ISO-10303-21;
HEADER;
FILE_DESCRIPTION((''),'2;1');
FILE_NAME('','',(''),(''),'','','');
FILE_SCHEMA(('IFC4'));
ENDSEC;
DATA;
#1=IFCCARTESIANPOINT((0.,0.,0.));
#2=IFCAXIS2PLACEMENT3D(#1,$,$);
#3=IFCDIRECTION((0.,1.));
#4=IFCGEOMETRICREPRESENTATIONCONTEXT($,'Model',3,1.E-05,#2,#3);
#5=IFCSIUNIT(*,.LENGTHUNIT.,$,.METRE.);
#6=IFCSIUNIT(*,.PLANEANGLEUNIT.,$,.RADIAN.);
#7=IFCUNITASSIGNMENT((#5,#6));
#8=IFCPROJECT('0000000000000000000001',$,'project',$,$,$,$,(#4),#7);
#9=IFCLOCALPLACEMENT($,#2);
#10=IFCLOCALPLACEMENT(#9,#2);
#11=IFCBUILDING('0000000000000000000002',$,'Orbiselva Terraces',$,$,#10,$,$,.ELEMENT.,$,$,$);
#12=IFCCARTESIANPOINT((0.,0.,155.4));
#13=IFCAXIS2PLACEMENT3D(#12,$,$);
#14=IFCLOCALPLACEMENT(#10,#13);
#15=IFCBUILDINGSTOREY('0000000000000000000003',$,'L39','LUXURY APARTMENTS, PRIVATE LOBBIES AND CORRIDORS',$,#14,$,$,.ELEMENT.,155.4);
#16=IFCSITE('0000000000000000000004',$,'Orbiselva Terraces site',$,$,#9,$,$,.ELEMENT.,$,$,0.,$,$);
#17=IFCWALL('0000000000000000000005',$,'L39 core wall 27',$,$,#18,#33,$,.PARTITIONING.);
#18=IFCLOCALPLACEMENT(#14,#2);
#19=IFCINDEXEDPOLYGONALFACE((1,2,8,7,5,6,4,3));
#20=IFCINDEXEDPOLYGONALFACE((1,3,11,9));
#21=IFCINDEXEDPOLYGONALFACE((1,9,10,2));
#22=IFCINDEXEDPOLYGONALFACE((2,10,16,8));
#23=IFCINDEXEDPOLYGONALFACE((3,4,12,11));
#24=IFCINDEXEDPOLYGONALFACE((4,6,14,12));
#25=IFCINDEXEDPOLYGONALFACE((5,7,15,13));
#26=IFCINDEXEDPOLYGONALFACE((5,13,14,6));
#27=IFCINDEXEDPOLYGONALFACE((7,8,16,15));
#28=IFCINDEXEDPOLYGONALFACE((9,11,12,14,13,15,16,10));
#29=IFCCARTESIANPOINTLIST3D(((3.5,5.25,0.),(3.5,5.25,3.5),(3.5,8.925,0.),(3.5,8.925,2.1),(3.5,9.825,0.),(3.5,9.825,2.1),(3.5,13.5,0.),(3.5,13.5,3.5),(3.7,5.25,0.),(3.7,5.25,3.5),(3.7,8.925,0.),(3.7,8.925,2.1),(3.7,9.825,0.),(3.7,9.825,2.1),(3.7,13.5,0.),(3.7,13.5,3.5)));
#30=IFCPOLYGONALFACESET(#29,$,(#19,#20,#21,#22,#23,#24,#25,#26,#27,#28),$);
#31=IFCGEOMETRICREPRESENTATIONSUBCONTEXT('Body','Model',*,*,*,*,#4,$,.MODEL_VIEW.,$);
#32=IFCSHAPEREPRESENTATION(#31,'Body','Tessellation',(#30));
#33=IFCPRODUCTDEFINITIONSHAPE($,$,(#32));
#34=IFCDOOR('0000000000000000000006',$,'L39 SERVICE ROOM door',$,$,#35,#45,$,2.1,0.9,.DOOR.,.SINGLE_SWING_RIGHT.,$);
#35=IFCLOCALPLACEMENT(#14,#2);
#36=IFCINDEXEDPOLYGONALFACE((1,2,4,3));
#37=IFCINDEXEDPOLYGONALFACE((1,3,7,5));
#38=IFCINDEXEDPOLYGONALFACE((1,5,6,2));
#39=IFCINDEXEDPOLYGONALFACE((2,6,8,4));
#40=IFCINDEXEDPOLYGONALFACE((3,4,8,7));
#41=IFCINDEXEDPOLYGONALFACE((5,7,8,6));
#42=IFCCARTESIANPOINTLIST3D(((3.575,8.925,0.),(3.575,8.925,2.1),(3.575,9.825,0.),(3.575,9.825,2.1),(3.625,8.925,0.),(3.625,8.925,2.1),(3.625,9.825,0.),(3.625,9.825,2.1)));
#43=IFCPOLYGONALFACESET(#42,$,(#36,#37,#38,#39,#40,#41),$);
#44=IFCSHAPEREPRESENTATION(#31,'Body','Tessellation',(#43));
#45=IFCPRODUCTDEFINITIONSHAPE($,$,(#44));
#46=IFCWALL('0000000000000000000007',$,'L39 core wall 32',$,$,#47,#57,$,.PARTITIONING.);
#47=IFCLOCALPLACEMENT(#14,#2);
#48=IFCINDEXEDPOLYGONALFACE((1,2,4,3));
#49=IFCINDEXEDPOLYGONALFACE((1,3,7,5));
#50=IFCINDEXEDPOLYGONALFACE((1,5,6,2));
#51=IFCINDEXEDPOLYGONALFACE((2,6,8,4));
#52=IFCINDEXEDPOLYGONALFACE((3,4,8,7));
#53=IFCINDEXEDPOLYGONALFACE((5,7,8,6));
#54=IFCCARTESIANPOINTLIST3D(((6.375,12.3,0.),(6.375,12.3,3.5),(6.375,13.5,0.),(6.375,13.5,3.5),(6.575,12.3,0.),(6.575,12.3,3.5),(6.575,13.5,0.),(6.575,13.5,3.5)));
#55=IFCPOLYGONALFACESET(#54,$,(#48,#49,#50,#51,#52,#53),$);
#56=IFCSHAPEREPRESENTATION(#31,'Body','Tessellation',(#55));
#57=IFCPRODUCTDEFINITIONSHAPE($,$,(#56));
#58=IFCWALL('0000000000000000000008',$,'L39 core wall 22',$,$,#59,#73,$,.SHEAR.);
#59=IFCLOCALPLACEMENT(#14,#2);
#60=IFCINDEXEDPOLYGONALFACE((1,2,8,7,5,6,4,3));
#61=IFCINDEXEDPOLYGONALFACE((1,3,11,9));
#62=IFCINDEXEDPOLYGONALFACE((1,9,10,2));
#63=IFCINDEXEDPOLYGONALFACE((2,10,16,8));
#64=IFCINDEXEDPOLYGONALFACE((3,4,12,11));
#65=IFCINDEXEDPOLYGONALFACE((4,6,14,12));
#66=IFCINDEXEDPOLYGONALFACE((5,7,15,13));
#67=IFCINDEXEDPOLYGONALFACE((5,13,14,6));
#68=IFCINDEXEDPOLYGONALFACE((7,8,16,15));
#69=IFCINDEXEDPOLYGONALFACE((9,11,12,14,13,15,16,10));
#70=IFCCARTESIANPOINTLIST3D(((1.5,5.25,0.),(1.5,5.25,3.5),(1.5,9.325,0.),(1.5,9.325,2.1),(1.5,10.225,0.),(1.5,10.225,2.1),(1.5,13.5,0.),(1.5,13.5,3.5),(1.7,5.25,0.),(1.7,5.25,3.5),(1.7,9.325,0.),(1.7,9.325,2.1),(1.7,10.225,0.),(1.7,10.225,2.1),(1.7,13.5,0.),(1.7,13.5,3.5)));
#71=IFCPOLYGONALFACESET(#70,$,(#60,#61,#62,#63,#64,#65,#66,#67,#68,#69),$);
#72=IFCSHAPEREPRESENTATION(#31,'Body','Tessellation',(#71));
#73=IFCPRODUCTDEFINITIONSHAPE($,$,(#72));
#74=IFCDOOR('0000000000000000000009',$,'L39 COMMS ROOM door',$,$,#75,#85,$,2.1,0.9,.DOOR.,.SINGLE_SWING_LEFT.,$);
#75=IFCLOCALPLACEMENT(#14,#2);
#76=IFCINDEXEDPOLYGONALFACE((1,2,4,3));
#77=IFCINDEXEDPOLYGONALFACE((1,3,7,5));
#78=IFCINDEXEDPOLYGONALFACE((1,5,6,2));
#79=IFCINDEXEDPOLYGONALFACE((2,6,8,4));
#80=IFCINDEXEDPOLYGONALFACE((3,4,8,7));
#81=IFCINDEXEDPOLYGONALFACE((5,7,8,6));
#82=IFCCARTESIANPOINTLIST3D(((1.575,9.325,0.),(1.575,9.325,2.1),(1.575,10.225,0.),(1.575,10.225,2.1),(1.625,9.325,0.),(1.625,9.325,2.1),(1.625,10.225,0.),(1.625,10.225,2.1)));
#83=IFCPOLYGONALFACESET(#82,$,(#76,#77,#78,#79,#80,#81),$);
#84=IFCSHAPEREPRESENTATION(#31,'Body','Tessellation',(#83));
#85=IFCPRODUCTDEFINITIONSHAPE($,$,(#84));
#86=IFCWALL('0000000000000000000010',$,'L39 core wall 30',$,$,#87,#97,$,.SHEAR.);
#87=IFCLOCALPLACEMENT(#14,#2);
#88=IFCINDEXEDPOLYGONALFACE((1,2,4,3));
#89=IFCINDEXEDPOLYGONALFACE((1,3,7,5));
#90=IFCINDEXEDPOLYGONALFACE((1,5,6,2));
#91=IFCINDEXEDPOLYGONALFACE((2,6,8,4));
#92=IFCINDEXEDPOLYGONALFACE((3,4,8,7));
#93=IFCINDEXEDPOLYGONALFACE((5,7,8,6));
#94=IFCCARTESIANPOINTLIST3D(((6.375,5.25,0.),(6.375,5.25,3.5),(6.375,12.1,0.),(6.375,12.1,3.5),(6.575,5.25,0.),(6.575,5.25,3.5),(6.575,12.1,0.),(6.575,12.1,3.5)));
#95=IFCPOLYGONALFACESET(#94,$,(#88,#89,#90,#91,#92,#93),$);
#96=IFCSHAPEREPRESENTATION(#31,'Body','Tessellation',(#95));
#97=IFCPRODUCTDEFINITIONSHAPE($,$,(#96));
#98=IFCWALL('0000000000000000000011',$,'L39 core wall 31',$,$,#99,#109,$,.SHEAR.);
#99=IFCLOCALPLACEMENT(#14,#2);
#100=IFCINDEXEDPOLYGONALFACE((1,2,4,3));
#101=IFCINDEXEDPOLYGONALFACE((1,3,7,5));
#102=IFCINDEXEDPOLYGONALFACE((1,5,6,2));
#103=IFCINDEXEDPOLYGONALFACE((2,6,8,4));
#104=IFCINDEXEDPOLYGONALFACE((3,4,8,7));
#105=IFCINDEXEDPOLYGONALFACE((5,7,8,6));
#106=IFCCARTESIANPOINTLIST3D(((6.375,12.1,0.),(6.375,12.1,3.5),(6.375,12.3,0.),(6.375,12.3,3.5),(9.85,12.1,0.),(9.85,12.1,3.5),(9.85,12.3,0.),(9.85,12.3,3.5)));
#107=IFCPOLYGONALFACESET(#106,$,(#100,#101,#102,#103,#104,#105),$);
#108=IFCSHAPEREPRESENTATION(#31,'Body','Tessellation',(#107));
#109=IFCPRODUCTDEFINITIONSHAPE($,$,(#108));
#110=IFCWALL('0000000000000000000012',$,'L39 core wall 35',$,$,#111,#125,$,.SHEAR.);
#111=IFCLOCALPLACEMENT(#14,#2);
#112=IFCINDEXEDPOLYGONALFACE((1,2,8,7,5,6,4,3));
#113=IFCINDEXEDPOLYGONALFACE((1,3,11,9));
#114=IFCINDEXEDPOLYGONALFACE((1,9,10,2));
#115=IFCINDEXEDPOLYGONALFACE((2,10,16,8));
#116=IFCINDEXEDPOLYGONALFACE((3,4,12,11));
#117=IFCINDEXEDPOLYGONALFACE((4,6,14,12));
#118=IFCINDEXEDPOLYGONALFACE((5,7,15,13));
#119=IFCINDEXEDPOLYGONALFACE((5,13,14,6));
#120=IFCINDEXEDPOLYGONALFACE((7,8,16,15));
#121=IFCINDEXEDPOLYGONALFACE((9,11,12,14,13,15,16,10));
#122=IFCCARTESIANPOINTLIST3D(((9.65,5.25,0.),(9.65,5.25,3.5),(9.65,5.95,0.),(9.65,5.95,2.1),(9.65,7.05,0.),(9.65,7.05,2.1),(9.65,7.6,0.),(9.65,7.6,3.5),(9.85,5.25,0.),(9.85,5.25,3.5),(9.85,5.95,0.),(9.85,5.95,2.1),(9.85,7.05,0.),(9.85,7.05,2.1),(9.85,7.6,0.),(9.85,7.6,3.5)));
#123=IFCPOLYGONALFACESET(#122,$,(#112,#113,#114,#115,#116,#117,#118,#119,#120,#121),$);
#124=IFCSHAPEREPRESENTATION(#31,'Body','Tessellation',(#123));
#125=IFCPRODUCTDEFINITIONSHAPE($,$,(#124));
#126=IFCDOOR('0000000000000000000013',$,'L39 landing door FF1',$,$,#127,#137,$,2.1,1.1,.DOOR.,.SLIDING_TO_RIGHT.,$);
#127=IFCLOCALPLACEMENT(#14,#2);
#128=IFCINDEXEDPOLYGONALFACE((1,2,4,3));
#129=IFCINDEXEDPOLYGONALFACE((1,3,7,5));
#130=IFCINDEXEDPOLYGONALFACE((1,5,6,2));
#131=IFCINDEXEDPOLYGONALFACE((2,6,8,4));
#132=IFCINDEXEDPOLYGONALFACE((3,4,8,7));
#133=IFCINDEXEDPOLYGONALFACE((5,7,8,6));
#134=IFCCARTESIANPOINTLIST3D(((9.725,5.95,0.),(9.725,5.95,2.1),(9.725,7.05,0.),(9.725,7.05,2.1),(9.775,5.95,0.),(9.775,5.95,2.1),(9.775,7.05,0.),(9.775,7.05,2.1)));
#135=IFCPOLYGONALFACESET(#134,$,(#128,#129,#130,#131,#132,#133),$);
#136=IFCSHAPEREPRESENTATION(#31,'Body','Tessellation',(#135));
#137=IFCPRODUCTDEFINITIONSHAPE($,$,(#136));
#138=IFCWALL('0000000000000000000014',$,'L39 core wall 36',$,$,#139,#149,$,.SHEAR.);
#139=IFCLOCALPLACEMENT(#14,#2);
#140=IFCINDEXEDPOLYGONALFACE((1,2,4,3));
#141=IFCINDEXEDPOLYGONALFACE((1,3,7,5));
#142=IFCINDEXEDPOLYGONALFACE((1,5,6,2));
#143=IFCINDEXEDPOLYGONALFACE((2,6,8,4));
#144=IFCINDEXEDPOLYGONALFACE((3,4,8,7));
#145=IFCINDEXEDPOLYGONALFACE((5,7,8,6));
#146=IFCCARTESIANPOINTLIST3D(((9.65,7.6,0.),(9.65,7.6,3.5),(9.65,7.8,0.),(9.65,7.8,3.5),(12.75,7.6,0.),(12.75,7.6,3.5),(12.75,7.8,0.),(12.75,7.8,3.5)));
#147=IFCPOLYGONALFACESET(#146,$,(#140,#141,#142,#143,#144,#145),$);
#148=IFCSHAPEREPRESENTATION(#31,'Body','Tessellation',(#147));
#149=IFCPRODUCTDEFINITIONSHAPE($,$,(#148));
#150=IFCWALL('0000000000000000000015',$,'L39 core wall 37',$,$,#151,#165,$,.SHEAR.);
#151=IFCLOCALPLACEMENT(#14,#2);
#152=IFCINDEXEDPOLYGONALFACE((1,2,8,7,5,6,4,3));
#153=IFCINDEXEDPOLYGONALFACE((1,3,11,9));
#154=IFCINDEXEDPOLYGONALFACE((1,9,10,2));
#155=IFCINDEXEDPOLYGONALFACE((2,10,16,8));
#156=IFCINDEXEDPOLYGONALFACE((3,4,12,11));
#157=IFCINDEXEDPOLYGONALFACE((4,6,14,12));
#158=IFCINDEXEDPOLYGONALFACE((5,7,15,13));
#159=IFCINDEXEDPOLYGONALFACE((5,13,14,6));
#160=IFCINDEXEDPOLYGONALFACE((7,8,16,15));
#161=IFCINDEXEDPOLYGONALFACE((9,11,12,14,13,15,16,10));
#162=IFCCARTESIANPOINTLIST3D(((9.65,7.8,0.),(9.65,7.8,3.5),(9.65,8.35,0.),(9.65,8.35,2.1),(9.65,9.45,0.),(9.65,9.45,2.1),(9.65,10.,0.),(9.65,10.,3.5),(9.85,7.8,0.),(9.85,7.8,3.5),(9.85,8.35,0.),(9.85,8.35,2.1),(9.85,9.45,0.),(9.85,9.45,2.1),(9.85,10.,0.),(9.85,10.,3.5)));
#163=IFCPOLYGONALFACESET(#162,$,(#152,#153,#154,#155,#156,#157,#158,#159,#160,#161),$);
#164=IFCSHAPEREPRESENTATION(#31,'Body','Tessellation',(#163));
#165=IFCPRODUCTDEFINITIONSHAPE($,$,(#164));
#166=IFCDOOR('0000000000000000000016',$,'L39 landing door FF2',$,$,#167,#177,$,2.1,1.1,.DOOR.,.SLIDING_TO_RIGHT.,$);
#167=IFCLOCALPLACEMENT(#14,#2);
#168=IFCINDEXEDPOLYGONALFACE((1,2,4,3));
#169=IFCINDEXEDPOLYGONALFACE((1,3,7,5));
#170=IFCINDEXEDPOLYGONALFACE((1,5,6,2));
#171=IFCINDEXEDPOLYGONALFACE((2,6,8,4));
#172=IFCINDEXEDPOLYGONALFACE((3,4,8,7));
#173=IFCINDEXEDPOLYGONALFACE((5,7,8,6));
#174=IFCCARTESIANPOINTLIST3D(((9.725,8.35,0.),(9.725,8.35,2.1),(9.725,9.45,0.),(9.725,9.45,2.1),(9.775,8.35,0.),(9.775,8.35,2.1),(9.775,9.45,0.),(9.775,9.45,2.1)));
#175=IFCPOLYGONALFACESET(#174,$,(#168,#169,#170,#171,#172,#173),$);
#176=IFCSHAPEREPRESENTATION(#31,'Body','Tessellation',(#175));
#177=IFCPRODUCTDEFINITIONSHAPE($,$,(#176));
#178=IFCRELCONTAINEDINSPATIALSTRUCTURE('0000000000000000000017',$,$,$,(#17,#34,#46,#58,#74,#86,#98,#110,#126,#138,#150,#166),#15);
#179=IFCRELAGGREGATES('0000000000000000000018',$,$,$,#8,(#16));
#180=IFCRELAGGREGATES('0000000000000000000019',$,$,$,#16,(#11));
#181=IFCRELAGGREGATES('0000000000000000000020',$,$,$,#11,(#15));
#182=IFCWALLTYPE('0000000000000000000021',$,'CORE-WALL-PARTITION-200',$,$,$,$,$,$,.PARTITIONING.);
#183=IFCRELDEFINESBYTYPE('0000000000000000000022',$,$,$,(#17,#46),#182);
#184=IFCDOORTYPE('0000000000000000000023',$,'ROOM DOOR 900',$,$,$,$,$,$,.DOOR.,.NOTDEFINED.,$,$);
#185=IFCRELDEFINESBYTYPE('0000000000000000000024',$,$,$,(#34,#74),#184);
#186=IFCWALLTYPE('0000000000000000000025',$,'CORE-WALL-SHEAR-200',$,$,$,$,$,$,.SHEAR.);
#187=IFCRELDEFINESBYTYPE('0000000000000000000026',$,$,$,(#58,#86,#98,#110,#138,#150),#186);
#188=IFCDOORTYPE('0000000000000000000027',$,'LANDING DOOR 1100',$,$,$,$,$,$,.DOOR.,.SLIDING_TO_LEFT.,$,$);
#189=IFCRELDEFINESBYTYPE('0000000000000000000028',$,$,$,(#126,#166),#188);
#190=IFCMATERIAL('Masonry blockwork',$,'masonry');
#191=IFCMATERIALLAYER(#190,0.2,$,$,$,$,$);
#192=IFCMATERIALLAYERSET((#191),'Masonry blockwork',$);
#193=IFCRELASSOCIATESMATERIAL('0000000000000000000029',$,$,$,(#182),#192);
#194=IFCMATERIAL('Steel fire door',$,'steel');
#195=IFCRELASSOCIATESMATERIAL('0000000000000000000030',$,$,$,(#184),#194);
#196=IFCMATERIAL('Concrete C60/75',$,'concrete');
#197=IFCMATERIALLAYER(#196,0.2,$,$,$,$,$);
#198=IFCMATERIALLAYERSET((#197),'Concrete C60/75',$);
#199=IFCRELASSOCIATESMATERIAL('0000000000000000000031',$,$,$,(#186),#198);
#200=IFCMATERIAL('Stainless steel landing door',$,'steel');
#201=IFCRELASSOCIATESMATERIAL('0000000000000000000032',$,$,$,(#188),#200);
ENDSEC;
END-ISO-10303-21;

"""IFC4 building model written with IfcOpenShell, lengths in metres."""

from ifc_helpers import new_model, si_unit, direction, frame, frame_2d, origin, place, context, subcontext, project, spatial, rectangle, extrude, material, layer, layer_set, type_object, element, fill, save


model = new_model("IFC4")

# Units and contexts
model_context = context("Model", 3, precision=1e-05, world=origin(), true_north=direction((0.0, 1.0)))
body_context = subcontext(model_context, "Body", "Model", "MODEL_VIEW")
ifc_project = project(units=[si_unit("LENGTHUNIT", "METRE"), si_unit("PLANEANGLEUNIT", "RADIAN")], contexts=[model_context])

# Site, building, storey
site_placement = place(None, origin())
site = spatial("IfcSite", under=ifc_project, at=site_placement, Name="Orbiselva Terraces site", CompositionType="ELEMENT", RefElevation=0.0)
building_placement = place(site_placement, origin())
building = spatial("IfcBuilding", under=site, at=building_placement, Name="Orbiselva Terraces", CompositionType="ELEMENT")
storey_placement = place(building_placement, frame((0.0, 0.0, 155.4)))
storey = spatial("IfcBuildingStorey", under=building, at=storey_placement, Name="L39", Description="LUXURY APARTMENTS, PRIVATE LOBBIES AND CORRIDORS", CompositionType="ELEMENT", Elevation=155.4)

# Wall, opening, door
ifc_material_1 = material(Name="Masonry blockwork", Category="masonry")
ifc_layer_1 = layer(ifc_material_1, 0.2)
ifc_layer_set_1 = layer_set([ifc_layer_1], Name="Masonry blockwork")
wall_type_1 = type_object("IfcWallType", Name="CORE-WALL-PARTITION-200", PredefinedType="PARTITIONING", material=ifc_layer_set_1)
wall_1_placement = place(storey_placement, frame((3.6, 13.5, 0.0), z_axis=(0.0, 0.0, 1.0), x_axis=(0.0, -1.0, 0.0)))
wall_1 = element("IfcWall", 1, at=wall_1_placement, inside=storey, type_object=wall_type_1, Name="L39 core wall 27", PredefinedType="PARTITIONING", context=body_context, shape_type="SweptSolid", body=[
    extrude(rectangle(XDim=8.25, YDim=0.2, at=frame_2d((4.125, 0.0))), origin(), (0.0, 0.0, 1.0), 3.5),
])
opening_1_placement = place(wall_1_placement, frame((3.675, 0.0, 0.0)))
opening_1 = element("IfcOpeningElement", 2, at=opening_1_placement, cuts=wall_1, PredefinedType="OPENING", context=body_context, shape_type="SweptSolid", body=[
    extrude(rectangle(XDim=0.9, YDim=2.1, at=frame_2d((0.45, 1.05))), frame((0.0, 0.11, 0.0), z_axis=(0.0, -1.0, 0.0), x_axis=(1.0, 0.0, 0.0)), (0.0, 0.0, 1.0), 0.22),
])
ifc_material_2 = material(Name="Steel fire door", Category="steel")
door_type_1 = type_object("IfcDoorType", Name="ROOM DOOR 900", OperationType="NOTDEFINED", PredefinedType="DOOR", material=ifc_material_2)
door_1_placement = place(opening_1_placement, origin())
door_1 = element("IfcDoor", 3, at=door_1_placement, inside=storey, type_object=door_type_1, Name="L39 SERVICE ROOM door", OperationType="SINGLE_SWING_RIGHT", OverallHeight=2.1, OverallWidth=0.9, PredefinedType="DOOR", context=body_context, shape_type="SweptSolid", body=[
    extrude(rectangle(XDim=0.9, YDim=2.1, at=frame_2d((0.45, 1.05))), frame((0.0, 0.025, 0.0), z_axis=(0.0, -1.0, 0.0), x_axis=(1.0, 0.0, 0.0)), (0.0, 0.0, 1.0), 0.05),
])
fill(opening_1, door_1)

# Wall
wall_2_placement = place(storey_placement, frame((6.475, 12.3, 0.0), z_axis=(0.0, 0.0, 1.0), x_axis=(0.0, 1.0, 0.0)))
element("IfcWall", 4, at=wall_2_placement, inside=storey, type_object=wall_type_1, Name="L39 core wall 32", PredefinedType="PARTITIONING", context=body_context, shape_type="SweptSolid", body=[
    extrude(rectangle(XDim=1.2, YDim=0.2, at=frame_2d((0.6, 0.0))), origin(), (0.0, 0.0, 1.0), 3.5),
])

# Wall, opening, door
ifc_material_3 = material(Name="Concrete C60/75", Category="concrete")
ifc_layer_2 = layer(ifc_material_3, 0.2)
ifc_layer_set_2 = layer_set([ifc_layer_2], Name="Concrete C60/75")
wall_type_2 = type_object("IfcWallType", Name="CORE-WALL-SHEAR-200", PredefinedType="SHEAR", material=ifc_layer_set_2)
wall_3_placement = place(storey_placement, frame((1.6, 13.5, 0.0), z_axis=(0.0, 0.0, 1.0), x_axis=(0.0, -1.0, 0.0)))
wall_3 = element("IfcWall", 5, at=wall_3_placement, inside=storey, type_object=wall_type_2, Name="L39 core wall 22", PredefinedType="SHEAR", context=body_context, shape_type="SweptSolid", body=[
    extrude(rectangle(XDim=8.25, YDim=0.2, at=frame_2d((4.125, 0.0))), origin(), (0.0, 0.0, 1.0), 3.5),
])
opening_2_placement = place(wall_3_placement, frame((3.275, 0.0, 0.0)))
opening_2 = element("IfcOpeningElement", 6, at=opening_2_placement, cuts=wall_3, PredefinedType="OPENING", context=body_context, shape_type="SweptSolid", body=[
    extrude(rectangle(XDim=0.9, YDim=2.1, at=frame_2d((0.45, 1.05))), frame((0.0, 0.11, 0.0), z_axis=(0.0, -1.0, 0.0), x_axis=(1.0, 0.0, 0.0)), (0.0, 0.0, 1.0), 0.22),
])
door_2_placement = place(opening_2_placement, origin())
door_2 = element("IfcDoor", 7, at=door_2_placement, inside=storey, type_object=door_type_1, Name="L39 COMMS ROOM door", OperationType="SINGLE_SWING_LEFT", OverallHeight=2.1, OverallWidth=0.9, PredefinedType="DOOR", context=body_context, shape_type="SweptSolid", body=[
    extrude(rectangle(XDim=0.9, YDim=2.1, at=frame_2d((0.45, 1.05))), frame((0.0, 0.025, 0.0), z_axis=(0.0, -1.0, 0.0), x_axis=(1.0, 0.0, 0.0)), (0.0, 0.0, 1.0), 0.05),
])
fill(opening_2, door_2)

# Walls
wall_4_placement = place(storey_placement, frame((6.475, 5.25, 0.0), z_axis=(0.0, 0.0, 1.0), x_axis=(0.0, 1.0, 0.0)))
element("IfcWall", 8, at=wall_4_placement, inside=storey, type_object=wall_type_2, Name="L39 core wall 30", PredefinedType="SHEAR", context=body_context, shape_type="SweptSolid", body=[
    extrude(rectangle(XDim=6.85, YDim=0.2, at=frame_2d((3.425, 0.0))), origin(), (0.0, 0.0, 1.0), 3.5),
])
wall_5_placement = place(storey_placement, frame((6.375, 12.2, 0.0), z_axis=(0.0, 0.0, 1.0), x_axis=(1.0, 0.0, 0.0)))
element("IfcWall", 9, at=wall_5_placement, inside=storey, type_object=wall_type_2, Name="L39 core wall 31", PredefinedType="SHEAR", context=body_context, shape_type="SweptSolid", body=[
    extrude(rectangle(XDim=3.475, YDim=0.2, at=frame_2d((1.7375, 0.0))), origin(), (0.0, 0.0, 1.0), 3.5),
])

# Wall, opening, door
wall_6_placement = place(storey_placement, frame((9.75, 5.25, 0.0), z_axis=(0.0, 0.0, 1.0), x_axis=(0.0, 1.0, 0.0)))
wall_6 = element("IfcWall", 10, at=wall_6_placement, inside=storey, type_object=wall_type_2, Name="L39 core wall 35", PredefinedType="SHEAR", context=body_context, shape_type="SweptSolid", body=[
    extrude(rectangle(XDim=2.35, YDim=0.2, at=frame_2d((1.175, 0.0))), origin(), (0.0, 0.0, 1.0), 3.5),
])
opening_3_placement = place(wall_6_placement, frame((0.7, 0.0, 0.0)))
opening_3 = element("IfcOpeningElement", 11, at=opening_3_placement, cuts=wall_6, PredefinedType="OPENING", context=body_context, shape_type="SweptSolid", body=[
    extrude(rectangle(XDim=1.1, YDim=2.1, at=frame_2d((0.55, 1.05))), frame((0.0, 0.11, 0.0), z_axis=(0.0, -1.0, 0.0), x_axis=(1.0, 0.0, 0.0)), (0.0, 0.0, 1.0), 0.22),
])
ifc_material_4 = material(Name="Stainless steel landing door", Category="steel")
door_type_2 = type_object("IfcDoorType", Name="LANDING DOOR 1100", OperationType="SLIDING_TO_LEFT", PredefinedType="DOOR", material=ifc_material_4)
door_3_placement = place(opening_3_placement, origin())
door_3 = element("IfcDoor", 12, at=door_3_placement, inside=storey, type_object=door_type_2, Name="L39 landing door FF1", OperationType="SLIDING_TO_RIGHT", OverallHeight=2.1, OverallWidth=1.1, PredefinedType="DOOR", context=body_context, shape_type="SweptSolid", body=[
    extrude(rectangle(XDim=1.1, YDim=2.1, at=frame_2d((0.55, 1.05))), frame((0.0, 0.025, 0.0), z_axis=(0.0, -1.0, 0.0), x_axis=(1.0, 0.0, 0.0)), (0.0, 0.0, 1.0), 0.05),
])
fill(opening_3, door_3)

# Wall
wall_7_placement = place(storey_placement, frame((9.65, 7.7, 0.0), z_axis=(0.0, 0.0, 1.0), x_axis=(1.0, 0.0, 0.0)))
element("IfcWall", 13, at=wall_7_placement, inside=storey, type_object=wall_type_2, Name="L39 core wall 36", PredefinedType="SHEAR", context=body_context, shape_type="SweptSolid", body=[
    extrude(rectangle(XDim=3.1, YDim=0.2, at=frame_2d((1.55, 0.0))), origin(), (0.0, 0.0, 1.0), 3.5),
])

# Wall, opening, door
wall_8_placement = place(storey_placement, frame((9.75, 7.8, 0.0), z_axis=(0.0, 0.0, 1.0), x_axis=(0.0, 1.0, 0.0)))
wall_8 = element("IfcWall", 14, at=wall_8_placement, inside=storey, type_object=wall_type_2, Name="L39 core wall 37", PredefinedType="SHEAR", context=body_context, shape_type="SweptSolid", body=[
    extrude(rectangle(XDim=2.2, YDim=0.2, at=frame_2d((1.1, 0.0))), origin(), (0.0, 0.0, 1.0), 3.5),
])
opening_4_placement = place(wall_8_placement, frame((0.55, 0.0, 0.0)))
opening_4 = element("IfcOpeningElement", 15, at=opening_4_placement, cuts=wall_8, PredefinedType="OPENING", context=body_context, shape_type="SweptSolid", body=[
    extrude(rectangle(XDim=1.1, YDim=2.1, at=frame_2d((0.55, 1.05))), frame((0.0, 0.11, 0.0), z_axis=(0.0, -1.0, 0.0), x_axis=(1.0, 0.0, 0.0)), (0.0, 0.0, 1.0), 0.22),
])
door_4_placement = place(opening_4_placement, origin())
door_4 = element("IfcDoor", 16, at=door_4_placement, inside=storey, type_object=door_type_2, Name="L39 landing door FF2", OperationType="SLIDING_TO_RIGHT", OverallHeight=2.1, OverallWidth=1.1, PredefinedType="DOOR", context=body_context, shape_type="SweptSolid", body=[
    extrude(rectangle(XDim=1.1, YDim=2.1, at=frame_2d((0.55, 1.05))), frame((0.0, 0.025, 0.0), z_axis=(0.0, -1.0, 0.0), x_axis=(1.0, 0.0, 0.0)), (0.0, 0.0, 1.0), 0.05),
])
fill(opening_4, door_4)

save(model, "model.ifc")
